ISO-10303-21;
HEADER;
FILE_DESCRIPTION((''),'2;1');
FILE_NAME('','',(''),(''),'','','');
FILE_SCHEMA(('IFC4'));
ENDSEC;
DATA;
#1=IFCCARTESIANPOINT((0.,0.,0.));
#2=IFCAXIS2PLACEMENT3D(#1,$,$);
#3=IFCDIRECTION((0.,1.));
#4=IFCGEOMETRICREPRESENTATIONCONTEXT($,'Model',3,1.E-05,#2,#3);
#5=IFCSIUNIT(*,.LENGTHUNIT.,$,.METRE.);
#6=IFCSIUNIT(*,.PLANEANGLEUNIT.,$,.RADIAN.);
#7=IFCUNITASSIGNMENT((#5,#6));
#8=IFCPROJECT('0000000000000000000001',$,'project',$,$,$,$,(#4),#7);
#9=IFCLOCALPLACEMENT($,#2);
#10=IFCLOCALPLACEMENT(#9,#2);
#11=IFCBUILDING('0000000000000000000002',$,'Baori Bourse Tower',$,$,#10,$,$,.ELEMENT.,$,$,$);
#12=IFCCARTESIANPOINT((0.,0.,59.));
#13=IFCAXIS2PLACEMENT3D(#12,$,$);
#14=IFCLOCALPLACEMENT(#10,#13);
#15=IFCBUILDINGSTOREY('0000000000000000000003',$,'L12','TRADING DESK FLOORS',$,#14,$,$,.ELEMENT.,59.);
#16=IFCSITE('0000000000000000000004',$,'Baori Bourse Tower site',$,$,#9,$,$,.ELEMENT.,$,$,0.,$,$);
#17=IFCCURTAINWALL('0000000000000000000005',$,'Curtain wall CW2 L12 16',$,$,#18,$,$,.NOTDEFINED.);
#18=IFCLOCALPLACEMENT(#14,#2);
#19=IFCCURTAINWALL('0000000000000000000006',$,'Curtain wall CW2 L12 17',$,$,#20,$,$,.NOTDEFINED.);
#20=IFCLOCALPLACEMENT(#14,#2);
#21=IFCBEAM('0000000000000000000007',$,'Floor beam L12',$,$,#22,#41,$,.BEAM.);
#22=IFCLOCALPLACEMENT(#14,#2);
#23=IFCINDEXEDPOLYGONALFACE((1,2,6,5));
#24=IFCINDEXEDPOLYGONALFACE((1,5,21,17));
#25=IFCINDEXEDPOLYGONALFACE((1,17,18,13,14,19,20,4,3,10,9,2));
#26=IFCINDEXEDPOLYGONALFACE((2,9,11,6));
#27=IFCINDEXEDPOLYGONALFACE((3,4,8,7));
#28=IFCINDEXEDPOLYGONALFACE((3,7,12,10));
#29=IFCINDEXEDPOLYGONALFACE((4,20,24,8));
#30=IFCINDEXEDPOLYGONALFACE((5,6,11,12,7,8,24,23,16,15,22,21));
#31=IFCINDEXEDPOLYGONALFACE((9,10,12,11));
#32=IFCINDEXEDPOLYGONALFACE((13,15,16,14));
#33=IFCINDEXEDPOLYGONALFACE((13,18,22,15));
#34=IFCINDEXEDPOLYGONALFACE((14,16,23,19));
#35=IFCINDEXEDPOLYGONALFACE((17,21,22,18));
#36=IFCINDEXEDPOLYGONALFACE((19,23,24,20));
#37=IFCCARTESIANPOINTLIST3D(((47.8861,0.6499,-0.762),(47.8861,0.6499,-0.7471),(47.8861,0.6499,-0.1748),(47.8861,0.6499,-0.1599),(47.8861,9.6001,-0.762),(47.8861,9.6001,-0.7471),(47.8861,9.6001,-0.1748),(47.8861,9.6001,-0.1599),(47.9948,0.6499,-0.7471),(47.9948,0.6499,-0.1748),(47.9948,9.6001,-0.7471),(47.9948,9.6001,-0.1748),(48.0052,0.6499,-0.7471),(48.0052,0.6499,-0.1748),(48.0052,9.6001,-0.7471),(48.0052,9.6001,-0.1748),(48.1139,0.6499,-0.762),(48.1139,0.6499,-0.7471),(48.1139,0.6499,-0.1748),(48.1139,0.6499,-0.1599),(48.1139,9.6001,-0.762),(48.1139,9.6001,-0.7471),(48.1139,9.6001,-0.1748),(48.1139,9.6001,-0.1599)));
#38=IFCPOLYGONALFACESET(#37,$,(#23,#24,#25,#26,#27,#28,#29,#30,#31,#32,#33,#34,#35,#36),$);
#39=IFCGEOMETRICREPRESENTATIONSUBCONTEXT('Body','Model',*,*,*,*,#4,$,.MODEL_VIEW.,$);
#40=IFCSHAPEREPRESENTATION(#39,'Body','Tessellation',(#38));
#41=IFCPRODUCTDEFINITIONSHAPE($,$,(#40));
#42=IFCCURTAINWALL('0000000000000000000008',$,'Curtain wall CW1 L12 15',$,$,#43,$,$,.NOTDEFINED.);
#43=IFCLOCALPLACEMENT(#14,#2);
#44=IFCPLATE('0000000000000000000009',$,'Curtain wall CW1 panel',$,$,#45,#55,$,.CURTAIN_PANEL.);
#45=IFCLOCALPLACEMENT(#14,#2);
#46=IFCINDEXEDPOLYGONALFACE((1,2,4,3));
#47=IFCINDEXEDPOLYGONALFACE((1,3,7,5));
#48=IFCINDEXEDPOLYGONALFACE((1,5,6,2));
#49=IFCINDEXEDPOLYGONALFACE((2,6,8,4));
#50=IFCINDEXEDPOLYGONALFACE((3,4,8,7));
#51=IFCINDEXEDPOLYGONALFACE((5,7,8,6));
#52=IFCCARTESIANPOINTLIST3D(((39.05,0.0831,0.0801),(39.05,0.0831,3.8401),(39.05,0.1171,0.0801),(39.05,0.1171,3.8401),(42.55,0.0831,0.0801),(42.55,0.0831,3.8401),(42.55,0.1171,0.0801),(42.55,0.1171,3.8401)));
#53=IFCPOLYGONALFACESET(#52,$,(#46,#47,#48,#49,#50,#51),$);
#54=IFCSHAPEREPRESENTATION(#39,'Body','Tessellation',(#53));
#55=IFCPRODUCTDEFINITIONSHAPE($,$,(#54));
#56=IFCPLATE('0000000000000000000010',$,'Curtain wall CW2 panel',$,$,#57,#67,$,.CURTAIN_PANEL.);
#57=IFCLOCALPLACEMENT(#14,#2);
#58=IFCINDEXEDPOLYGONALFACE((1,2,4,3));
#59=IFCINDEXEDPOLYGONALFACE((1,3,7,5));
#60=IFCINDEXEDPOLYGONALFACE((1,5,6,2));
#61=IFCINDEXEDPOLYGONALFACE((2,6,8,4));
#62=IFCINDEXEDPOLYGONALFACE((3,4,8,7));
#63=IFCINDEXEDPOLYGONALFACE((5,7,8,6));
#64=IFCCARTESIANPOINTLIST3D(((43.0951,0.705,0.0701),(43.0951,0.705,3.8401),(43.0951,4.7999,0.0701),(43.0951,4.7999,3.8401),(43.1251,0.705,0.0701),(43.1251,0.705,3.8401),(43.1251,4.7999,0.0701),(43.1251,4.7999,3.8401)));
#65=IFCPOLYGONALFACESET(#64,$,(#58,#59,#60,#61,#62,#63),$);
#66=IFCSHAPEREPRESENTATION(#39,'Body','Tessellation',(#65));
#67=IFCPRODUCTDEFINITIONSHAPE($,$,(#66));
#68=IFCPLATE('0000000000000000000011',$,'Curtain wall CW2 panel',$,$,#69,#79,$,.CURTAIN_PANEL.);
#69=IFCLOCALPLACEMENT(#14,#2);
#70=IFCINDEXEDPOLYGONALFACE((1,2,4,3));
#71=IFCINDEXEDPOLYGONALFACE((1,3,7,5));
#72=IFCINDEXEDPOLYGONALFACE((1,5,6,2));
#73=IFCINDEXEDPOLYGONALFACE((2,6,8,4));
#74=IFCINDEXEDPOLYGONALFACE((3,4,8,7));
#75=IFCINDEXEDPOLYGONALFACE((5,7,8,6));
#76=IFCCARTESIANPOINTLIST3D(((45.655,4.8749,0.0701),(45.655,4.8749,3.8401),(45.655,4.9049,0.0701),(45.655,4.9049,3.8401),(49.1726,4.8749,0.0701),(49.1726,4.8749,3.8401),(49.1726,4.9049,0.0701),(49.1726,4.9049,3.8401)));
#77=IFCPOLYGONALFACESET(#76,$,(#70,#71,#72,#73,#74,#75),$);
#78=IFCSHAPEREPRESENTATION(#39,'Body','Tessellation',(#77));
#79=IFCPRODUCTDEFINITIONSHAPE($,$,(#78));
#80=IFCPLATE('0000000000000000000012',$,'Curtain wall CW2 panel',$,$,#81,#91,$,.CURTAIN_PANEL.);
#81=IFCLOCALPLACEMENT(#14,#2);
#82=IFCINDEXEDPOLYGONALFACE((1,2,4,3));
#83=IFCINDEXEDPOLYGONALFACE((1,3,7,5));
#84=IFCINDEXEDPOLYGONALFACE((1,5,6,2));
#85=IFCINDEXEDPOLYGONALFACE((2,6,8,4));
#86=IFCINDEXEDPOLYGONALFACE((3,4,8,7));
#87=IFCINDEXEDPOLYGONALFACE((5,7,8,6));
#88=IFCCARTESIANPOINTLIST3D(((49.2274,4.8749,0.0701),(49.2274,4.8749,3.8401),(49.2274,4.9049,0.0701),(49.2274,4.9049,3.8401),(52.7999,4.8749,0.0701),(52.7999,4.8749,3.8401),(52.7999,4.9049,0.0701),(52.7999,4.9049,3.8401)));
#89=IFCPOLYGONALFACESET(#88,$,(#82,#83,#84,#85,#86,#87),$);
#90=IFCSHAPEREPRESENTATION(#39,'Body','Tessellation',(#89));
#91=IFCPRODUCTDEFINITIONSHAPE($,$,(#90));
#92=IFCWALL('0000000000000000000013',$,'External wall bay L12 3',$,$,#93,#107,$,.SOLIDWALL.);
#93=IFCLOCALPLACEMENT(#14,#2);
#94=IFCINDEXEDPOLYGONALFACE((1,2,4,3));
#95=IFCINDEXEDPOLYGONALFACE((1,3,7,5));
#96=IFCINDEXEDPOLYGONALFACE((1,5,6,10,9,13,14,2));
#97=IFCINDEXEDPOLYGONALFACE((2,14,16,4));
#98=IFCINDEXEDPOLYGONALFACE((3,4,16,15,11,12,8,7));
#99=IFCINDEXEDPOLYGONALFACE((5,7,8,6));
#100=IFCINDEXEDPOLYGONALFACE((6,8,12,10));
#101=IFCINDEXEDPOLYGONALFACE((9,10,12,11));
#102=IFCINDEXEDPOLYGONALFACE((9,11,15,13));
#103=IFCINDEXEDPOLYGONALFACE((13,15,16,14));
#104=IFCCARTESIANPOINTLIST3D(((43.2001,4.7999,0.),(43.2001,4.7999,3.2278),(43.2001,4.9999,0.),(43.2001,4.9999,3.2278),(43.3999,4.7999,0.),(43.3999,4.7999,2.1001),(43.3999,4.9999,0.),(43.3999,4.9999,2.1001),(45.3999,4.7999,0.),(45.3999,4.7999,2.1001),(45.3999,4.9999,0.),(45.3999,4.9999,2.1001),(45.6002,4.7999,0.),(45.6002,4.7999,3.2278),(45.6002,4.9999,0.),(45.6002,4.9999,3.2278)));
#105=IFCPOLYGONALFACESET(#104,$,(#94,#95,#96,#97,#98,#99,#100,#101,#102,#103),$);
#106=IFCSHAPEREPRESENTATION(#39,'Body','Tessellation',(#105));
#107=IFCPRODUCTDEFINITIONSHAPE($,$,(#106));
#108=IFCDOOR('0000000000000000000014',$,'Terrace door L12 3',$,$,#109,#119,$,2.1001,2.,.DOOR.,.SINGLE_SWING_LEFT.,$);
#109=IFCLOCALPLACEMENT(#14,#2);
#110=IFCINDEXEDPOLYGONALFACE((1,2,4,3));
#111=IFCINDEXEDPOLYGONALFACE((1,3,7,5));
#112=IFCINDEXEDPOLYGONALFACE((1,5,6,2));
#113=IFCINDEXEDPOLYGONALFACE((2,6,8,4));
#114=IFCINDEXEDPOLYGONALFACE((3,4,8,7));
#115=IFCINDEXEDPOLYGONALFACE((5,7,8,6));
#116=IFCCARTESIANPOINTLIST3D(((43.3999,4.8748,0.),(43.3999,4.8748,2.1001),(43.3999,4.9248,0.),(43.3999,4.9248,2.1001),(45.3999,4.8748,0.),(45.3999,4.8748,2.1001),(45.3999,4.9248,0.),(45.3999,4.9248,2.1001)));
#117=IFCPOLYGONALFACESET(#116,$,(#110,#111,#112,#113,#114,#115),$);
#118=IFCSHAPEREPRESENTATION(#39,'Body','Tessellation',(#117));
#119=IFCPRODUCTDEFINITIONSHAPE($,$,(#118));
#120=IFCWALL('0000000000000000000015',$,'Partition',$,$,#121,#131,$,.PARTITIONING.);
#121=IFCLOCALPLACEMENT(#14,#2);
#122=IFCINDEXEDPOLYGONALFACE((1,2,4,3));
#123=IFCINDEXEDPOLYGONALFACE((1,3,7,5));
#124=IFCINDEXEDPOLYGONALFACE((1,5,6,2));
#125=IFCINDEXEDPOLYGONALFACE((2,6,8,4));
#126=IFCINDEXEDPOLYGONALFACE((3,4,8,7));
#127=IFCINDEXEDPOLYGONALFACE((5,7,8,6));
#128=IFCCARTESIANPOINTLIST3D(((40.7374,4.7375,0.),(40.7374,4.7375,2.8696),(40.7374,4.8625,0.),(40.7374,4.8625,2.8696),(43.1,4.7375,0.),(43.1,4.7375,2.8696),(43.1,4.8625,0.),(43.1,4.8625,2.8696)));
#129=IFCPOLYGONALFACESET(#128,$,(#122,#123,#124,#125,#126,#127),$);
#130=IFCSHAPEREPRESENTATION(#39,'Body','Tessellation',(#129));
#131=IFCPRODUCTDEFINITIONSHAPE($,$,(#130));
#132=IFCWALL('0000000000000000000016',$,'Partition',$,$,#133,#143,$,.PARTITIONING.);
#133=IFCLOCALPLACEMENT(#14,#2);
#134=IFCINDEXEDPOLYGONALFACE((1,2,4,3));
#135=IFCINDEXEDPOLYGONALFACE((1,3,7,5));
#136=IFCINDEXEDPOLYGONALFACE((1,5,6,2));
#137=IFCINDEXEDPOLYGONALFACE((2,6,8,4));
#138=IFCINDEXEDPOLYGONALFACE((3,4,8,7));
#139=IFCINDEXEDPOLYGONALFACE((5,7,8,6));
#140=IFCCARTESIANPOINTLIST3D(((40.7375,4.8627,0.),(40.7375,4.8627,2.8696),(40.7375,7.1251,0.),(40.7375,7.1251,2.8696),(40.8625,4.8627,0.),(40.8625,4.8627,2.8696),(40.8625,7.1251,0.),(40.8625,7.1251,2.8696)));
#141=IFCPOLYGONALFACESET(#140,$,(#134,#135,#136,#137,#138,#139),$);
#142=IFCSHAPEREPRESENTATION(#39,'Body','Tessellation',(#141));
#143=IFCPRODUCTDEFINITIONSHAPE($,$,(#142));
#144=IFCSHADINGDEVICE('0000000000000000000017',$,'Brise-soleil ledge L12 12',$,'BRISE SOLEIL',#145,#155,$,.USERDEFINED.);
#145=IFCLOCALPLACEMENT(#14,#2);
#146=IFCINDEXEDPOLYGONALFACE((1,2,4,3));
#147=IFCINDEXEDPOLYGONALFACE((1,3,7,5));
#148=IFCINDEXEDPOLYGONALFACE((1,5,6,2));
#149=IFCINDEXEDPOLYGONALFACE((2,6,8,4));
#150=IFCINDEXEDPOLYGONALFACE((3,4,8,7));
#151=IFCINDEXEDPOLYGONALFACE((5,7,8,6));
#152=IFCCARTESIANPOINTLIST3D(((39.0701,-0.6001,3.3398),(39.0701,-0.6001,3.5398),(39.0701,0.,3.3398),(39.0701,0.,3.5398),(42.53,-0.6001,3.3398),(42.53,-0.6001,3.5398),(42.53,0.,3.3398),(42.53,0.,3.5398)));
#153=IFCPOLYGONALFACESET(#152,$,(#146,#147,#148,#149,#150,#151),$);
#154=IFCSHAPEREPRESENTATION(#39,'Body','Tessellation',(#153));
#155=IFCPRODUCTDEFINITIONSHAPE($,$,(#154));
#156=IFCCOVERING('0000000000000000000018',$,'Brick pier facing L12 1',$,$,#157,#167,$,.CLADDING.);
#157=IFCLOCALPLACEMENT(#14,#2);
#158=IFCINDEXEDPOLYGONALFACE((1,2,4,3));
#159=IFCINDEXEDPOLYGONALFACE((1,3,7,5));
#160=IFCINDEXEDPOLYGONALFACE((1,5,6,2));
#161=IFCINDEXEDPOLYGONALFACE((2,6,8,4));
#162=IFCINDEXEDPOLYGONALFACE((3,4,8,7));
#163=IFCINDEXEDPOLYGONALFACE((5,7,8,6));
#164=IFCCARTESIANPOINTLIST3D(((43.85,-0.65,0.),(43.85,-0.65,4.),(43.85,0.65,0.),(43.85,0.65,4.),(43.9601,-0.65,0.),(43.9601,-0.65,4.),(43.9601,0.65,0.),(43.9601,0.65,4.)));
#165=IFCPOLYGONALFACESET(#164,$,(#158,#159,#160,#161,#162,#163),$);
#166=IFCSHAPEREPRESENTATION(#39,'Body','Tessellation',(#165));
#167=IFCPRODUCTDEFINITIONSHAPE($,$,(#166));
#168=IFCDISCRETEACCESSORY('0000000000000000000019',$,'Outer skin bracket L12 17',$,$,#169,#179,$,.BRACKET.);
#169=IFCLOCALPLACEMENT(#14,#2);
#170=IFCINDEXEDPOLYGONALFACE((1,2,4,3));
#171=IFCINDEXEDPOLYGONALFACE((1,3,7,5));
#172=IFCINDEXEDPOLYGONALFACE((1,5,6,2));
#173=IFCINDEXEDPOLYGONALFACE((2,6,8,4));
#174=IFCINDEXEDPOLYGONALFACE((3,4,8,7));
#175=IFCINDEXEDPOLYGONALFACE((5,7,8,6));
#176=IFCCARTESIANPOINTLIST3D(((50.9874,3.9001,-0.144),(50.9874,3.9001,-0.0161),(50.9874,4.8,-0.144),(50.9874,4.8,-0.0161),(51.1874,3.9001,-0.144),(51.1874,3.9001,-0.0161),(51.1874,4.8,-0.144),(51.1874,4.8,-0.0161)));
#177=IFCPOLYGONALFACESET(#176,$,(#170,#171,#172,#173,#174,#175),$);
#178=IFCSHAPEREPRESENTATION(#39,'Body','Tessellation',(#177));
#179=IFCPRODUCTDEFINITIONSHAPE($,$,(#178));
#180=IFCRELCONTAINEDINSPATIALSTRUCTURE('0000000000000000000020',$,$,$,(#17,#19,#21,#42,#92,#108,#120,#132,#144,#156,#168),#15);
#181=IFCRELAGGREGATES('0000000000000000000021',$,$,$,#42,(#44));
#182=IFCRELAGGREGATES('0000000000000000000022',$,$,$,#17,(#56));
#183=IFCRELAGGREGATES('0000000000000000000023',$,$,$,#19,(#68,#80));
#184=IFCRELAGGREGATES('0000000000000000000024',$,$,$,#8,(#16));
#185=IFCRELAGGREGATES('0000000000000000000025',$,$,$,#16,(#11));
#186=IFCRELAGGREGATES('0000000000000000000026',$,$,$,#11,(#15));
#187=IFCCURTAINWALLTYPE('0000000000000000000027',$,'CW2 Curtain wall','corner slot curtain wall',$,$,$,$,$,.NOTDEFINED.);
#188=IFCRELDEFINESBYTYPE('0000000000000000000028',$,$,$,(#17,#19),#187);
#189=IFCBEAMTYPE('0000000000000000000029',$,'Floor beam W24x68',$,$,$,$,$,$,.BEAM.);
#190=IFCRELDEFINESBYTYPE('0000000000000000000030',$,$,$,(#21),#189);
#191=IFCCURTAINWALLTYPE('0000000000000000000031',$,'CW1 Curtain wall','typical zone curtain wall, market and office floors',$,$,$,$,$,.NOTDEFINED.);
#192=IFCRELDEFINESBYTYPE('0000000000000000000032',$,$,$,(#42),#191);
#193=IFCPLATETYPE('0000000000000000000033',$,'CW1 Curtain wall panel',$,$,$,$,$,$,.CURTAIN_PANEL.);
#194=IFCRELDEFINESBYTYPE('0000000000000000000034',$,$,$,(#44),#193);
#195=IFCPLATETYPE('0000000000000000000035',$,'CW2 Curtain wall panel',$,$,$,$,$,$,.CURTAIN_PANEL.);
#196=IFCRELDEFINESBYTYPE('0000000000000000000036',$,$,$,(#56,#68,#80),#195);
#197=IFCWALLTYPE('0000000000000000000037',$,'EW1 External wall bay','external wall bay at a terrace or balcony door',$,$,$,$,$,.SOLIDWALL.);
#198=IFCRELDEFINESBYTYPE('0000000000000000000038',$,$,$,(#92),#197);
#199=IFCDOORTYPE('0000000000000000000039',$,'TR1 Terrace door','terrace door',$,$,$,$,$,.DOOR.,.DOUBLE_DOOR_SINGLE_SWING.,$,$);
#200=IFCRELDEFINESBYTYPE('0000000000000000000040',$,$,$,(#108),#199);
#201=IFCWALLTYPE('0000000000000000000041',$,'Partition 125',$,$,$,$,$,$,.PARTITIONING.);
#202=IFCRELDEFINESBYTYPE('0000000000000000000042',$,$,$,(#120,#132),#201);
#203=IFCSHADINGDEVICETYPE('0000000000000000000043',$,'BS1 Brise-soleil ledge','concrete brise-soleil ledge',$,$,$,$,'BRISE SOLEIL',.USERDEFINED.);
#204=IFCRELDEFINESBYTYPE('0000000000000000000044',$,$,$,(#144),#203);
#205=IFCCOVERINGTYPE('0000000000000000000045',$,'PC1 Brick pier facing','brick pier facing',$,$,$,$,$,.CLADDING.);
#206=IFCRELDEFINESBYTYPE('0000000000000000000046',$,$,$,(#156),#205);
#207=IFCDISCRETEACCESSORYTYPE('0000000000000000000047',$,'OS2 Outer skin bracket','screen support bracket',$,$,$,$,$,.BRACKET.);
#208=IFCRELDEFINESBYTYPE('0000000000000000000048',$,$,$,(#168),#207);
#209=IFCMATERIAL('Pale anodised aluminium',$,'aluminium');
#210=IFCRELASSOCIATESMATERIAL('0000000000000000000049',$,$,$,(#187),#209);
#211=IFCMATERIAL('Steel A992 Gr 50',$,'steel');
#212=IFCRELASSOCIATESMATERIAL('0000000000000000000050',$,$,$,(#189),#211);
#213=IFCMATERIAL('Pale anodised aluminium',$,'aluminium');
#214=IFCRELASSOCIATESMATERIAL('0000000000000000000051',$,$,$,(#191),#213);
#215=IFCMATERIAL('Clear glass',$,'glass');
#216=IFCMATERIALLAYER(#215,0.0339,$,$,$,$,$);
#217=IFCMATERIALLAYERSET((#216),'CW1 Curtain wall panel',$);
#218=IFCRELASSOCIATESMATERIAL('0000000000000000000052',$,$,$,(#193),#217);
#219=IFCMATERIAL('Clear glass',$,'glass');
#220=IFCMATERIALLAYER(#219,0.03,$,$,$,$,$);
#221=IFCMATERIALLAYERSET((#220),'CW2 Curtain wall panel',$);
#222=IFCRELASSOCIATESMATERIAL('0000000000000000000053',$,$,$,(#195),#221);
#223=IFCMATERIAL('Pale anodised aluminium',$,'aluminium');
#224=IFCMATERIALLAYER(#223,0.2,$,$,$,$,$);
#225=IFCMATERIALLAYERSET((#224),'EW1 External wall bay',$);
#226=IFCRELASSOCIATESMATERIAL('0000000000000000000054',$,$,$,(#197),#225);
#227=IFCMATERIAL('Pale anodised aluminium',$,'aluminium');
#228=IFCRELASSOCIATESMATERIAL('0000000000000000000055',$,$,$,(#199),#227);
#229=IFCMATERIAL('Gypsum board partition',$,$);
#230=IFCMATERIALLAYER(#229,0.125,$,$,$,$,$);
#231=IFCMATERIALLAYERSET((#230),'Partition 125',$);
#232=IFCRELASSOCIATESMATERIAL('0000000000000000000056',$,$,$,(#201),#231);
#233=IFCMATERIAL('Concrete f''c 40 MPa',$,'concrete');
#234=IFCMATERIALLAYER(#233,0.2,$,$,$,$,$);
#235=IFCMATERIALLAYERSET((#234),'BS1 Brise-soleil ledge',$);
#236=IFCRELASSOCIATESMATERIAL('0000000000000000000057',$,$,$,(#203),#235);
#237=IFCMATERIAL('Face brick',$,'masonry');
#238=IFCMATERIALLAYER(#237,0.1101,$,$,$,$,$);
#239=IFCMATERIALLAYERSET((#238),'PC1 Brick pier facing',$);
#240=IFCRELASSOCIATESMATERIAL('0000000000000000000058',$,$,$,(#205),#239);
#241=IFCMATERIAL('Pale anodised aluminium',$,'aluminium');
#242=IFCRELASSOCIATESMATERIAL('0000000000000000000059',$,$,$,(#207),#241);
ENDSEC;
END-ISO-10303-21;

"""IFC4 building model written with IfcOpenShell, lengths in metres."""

from ifc_helpers import new_model, si_unit, direction, frame, frame_2d, origin, origin_2d, place, context, subcontext, project, spatial, rectangle, i_section, extrude, material, layer, layer_set, material_profile, profile_set, type_object, element, fill, aggregate, save


model = new_model("IFC4")

# Units and contexts
model_context = context("Model", 3, precision=1e-05, world=origin(), true_north=direction((0.0, 1.0)))
body_context = subcontext(model_context, "Body", "Model", "MODEL_VIEW")
ifc_project = project(units=[si_unit("LENGTHUNIT", "METRE"), si_unit("PLANEANGLEUNIT", "RADIAN")], contexts=[model_context])

# Site, building, storey
site_placement = place(None, origin())
site = spatial("IfcSite", under=ifc_project, at=site_placement, Name="Baori Bourse Tower site", CompositionType="ELEMENT", RefElevation=0.0)
building_placement = place(site_placement, origin())
building = spatial("IfcBuilding", under=site, at=building_placement, Name="Baori Bourse Tower", CompositionType="ELEMENT")
storey_placement = place(building_placement, frame((0.0, 0.0, 59.0)))
storey = spatial("IfcBuildingStorey", under=building, at=storey_placement, Name="L12", Description="TRADING DESK FLOORS", CompositionType="ELEMENT", Elevation=59.0)

# Curtain wall
ifc_material_1 = material(Name="Pale anodised aluminium", Category="aluminium")
curtain_wall_type_1 = type_object("IfcCurtainWallType", Name="CW2 Curtain wall", Description="corner slot curtain wall", PredefinedType="NOTDEFINED", material=ifc_material_1)
curtain_wall_1_placement = place(storey_placement, origin())
curtain_wall_1 = element("IfcCurtainWall", 1, at=curtain_wall_1_placement, inside=storey, type_object=curtain_wall_type_1, Name="Curtain wall CW2 L12 16", PredefinedType="NOTDEFINED")

# Curtain wall
curtain_wall_2_placement = place(storey_placement, origin())
curtain_wall_2 = element("IfcCurtainWall", 2, at=curtain_wall_2_placement, inside=storey, type_object=curtain_wall_type_1, Name="Curtain wall CW2 L12 17", PredefinedType="NOTDEFINED")

# Beam
ifc_material_2 = material(Name="Steel A992 Gr 50", Category="steel")
ifc_material_profile_1 = material_profile(ifc_material_2, i_section(OverallWidth=0.2278, OverallDepth=0.6021, WebThickness=0.0105, FlangeThickness=0.0149, at=origin_2d()), Name="W24x68")
ifc_profile_set_1 = profile_set([ifc_material_profile_1], Name="Steel A992 Gr 50")
beam_type_1 = type_object("IfcBeamType", Name="Floor beam W24x68", PredefinedType="BEAM", material=ifc_profile_set_1)
beam_1_placement = place(storey_placement, frame((48.0, 0.6499, -0.4609), z_axis=(0.0, 1.0, 0.0), x_axis=(-1.0, 0.0, 0.0)))
element("IfcBeam", 3, at=beam_1_placement, inside=storey, type_object=beam_type_1, Name="Floor beam L12", PredefinedType="BEAM", context=body_context, shape_type="SweptSolid", body=[
    extrude(i_section(OverallWidth=0.2278, OverallDepth=0.6021, WebThickness=0.0105, FlangeThickness=0.0149, at=origin_2d()), origin(), (0.0, 0.0, 1.0), 8.9502),
])

# Curtain wall, plate
ifc_material_3 = material(Name="Pale anodised aluminium", Category="aluminium")
curtain_wall_type_2 = type_object("IfcCurtainWallType", Name="CW1 Curtain wall", Description="typical zone curtain wall, market and office floors", PredefinedType="NOTDEFINED", material=ifc_material_3)
curtain_wall_3_placement = place(storey_placement, origin())
curtain_wall_3 = element("IfcCurtainWall", 4, at=curtain_wall_3_placement, inside=storey, type_object=curtain_wall_type_2, Name="Curtain wall CW1 L12 15", PredefinedType="NOTDEFINED")
ifc_material_4 = material(Name="Clear glass", Category="glass")
ifc_layer_1 = layer(ifc_material_4, 0.0339)
ifc_layer_set_1 = layer_set([ifc_layer_1], Name="CW1 Curtain wall panel")
plate_type_1 = type_object("IfcPlateType", Name="CW1 Curtain wall panel", PredefinedType="CURTAIN_PANEL", material=ifc_layer_set_1)
plate_1_placement = place(storey_placement, frame((40.8, 0.1001, 0.0801), z_axis=(0.0, 0.0, 1.0), x_axis=(1.0, 0.0, 0.0)))
plate_1 = element("IfcPlate", 5, at=plate_1_placement, type_object=plate_type_1, Name="Curtain wall CW1 panel", PredefinedType="CURTAIN_PANEL", context=body_context, shape_type="SweptSolid", body=[
    extrude(rectangle(XDim=3.5, YDim=0.0339, at=origin_2d()), origin(), (0.0, 0.0, 1.0), 3.76),
])
aggregate(curtain_wall_3, [plate_1])

# Plates
ifc_material_5 = material(Name="Clear glass", Category="glass")
ifc_layer_2 = layer(ifc_material_5, 0.03)
ifc_layer_set_2 = layer_set([ifc_layer_2], Name="CW2 Curtain wall panel")
plate_type_2 = type_object("IfcPlateType", Name="CW2 Curtain wall panel", PredefinedType="CURTAIN_PANEL", material=ifc_layer_set_2)
plate_2_placement = place(storey_placement, frame((43.1101, 2.7524, 0.0701), z_axis=(0.0, 0.0, 1.0), x_axis=(0.0, 1.0, 0.0)))
plate_2 = element("IfcPlate", 6, at=plate_2_placement, type_object=plate_type_2, Name="Curtain wall CW2 panel", PredefinedType="CURTAIN_PANEL", context=body_context, shape_type="SweptSolid", body=[
    extrude(rectangle(XDim=4.095, YDim=0.03, at=origin_2d()), origin(), (0.0, 0.0, 1.0), 3.77),
])
aggregate(curtain_wall_1, [plate_2])
plate_3_placement = place(storey_placement, frame((47.4138, 4.8899, 0.0701), z_axis=(0.0, 0.0, 1.0), x_axis=(1.0, 0.0, 0.0)))
plate_3 = element("IfcPlate", 7, at=plate_3_placement, type_object=plate_type_2, Name="Curtain wall CW2 panel", PredefinedType="CURTAIN_PANEL", context=body_context, shape_type="SweptSolid", body=[
    extrude(rectangle(XDim=3.5176, YDim=0.03, at=origin_2d()), origin(), (0.0, 0.0, 1.0), 3.77),
])
plate_4_placement = place(storey_placement, frame((51.0137, 4.8899, 0.0701), z_axis=(0.0, 0.0, 1.0), x_axis=(1.0, 0.0, 0.0)))
plate_4 = element("IfcPlate", 8, at=plate_4_placement, type_object=plate_type_2, Name="Curtain wall CW2 panel", PredefinedType="CURTAIN_PANEL", context=body_context, shape_type="SweptSolid", body=[
    extrude(rectangle(XDim=3.5725, YDim=0.03, at=origin_2d()), origin(), (0.0, 0.0, 1.0), 3.77),
])
aggregate(curtain_wall_2, [plate_3, plate_4])

# Wall, opening, door
ifc_material_6 = material(Name="Pale anodised aluminium", Category="aluminium")
ifc_layer_3 = layer(ifc_material_6, 0.2)
ifc_layer_set_3 = layer_set([ifc_layer_3], Name="EW1 External wall bay")
wall_type_1 = type_object("IfcWallType", Name="EW1 External wall bay", Description="external wall bay at a terrace or balcony door", PredefinedType="SOLIDWALL", material=ifc_layer_set_3)
wall_1_placement = place(storey_placement, frame((43.2, 4.8999, 0.0), z_axis=(0.0, 0.0, 1.0), x_axis=(1.0, 0.0, 0.0)))
wall_1 = element("IfcWall", 9, at=wall_1_placement, inside=storey, type_object=wall_type_1, Name="External wall bay L12 3", PredefinedType="SOLIDWALL", context=body_context, shape_type="SweptSolid", body=[
    extrude(rectangle(XDim=2.4001, YDim=0.2, at=frame_2d((1.2002, 0.0))), origin(), (0.0, 0.0, 1.0), 3.2278),
])
opening_placement = place(wall_1_placement, frame((0.2, 0.0, 0.0)))
opening = element("IfcOpeningElement", 10, at=opening_placement, cuts=wall_1, PredefinedType="OPENING", context=body_context, shape_type="SweptSolid", body=[
    extrude(rectangle(XDim=2.0, YDim=2.1001, at=frame_2d((1.0, 1.05))), frame((0.0, 0.1099, 0.0), z_axis=(0.0, -1.0, 0.0), x_axis=(1.0, 0.0, 0.0)), (0.0, 0.0, 1.0), 0.22),
])
ifc_material_7 = material(Name="Pale anodised aluminium", Category="aluminium")
door_type = type_object("IfcDoorType", Name="TR1 Terrace door", Description="terrace door", OperationType="DOUBLE_DOOR_SINGLE_SWING", PredefinedType="DOOR", material=ifc_material_7)
door_placement = place(opening_placement, origin())
door = element("IfcDoor", 11, at=door_placement, inside=storey, type_object=door_type, Name="Terrace door L12 3", OperationType="SINGLE_SWING_LEFT", OverallHeight=2.1001, OverallWidth=2.0, PredefinedType="DOOR", context=body_context, shape_type="SweptSolid", body=[
    extrude(rectangle(XDim=2.0, YDim=2.1001, at=frame_2d((1.0, 1.05))), frame((0.0, 0.0249, 0.0), z_axis=(0.0, -1.0, 0.0), x_axis=(1.0, 0.0, 0.0)), (0.0, 0.0, 1.0), 0.05),
])
fill(opening, door)

# Walls
ifc_material_8 = material(Name="Gypsum board partition")
ifc_layer_4 = layer(ifc_material_8, 0.125)
ifc_layer_set_4 = layer_set([ifc_layer_4], Name="Partition 125")
wall_type_2 = type_object("IfcWallType", Name="Partition 125", PredefinedType="PARTITIONING", material=ifc_layer_set_4)
wall_2_placement = place(storey_placement, frame((40.7375, 4.8, 0.0), z_axis=(0.0, 0.0, 1.0), x_axis=(1.0, 0.0, 0.0)))
element("IfcWall", 12, at=wall_2_placement, inside=storey, type_object=wall_type_2, Name="Partition", PredefinedType="PARTITIONING", context=body_context, shape_type="SweptSolid", body=[
    extrude(rectangle(XDim=2.3625, YDim=0.125, at=frame_2d((1.1812, 0.0))), origin(), (0.0, 0.0, 1.0), 2.8696),
])
wall_3_placement = place(storey_placement, frame((40.8, 4.8625, 0.0), z_axis=(0.0, 0.0, 1.0), x_axis=(0.0, 1.0, 0.0)))
element("IfcWall", 13, at=wall_3_placement, inside=storey, type_object=wall_type_2, Name="Partition", PredefinedType="PARTITIONING", context=body_context, shape_type="SweptSolid", body=[
    extrude(rectangle(XDim=2.2625, YDim=0.125, at=frame_2d((1.1313, 0.0))), origin(), (0.0, 0.0, 1.0), 2.8696),
])

# Shading device
ifc_material_9 = material(Name="Concrete f'c 40 MPa", Category="concrete")
ifc_layer_5 = layer(ifc_material_9, 0.2)
ifc_layer_set_5 = layer_set([ifc_layer_5], Name="BS1 Brise-soleil ledge")
shading_device_type = type_object("IfcShadingDeviceType", Name="BS1 Brise-soleil ledge", Description="concrete brise-soleil ledge", ElementType="BRISE SOLEIL", PredefinedType="USERDEFINED", material=ifc_layer_set_5)
shading_device_placement = place(storey_placement, frame((40.8, -0.3, 3.3398), z_axis=(0.0, 0.0, 1.0), x_axis=(1.0, 0.0, 0.0)))
element("IfcShadingDevice", 14, at=shading_device_placement, inside=storey, type_object=shading_device_type, Name="Brise-soleil ledge L12 12", ObjectType="BRISE SOLEIL", PredefinedType="USERDEFINED", context=body_context, shape_type="SweptSolid", body=[
    extrude(rectangle(XDim=3.46, YDim=0.6001, at=origin_2d()), origin(), (0.0, 0.0, 1.0), 0.2),
])

# Covering
ifc_material_10 = material(Name="Face brick", Category="masonry")
ifc_layer_6 = layer(ifc_material_10, 0.1101)
ifc_layer_set_6 = layer_set([ifc_layer_6], Name="PC1 Brick pier facing")
covering_type = type_object("IfcCoveringType", Name="PC1 Brick pier facing", Description="brick pier facing", PredefinedType="CLADDING", material=ifc_layer_set_6)
covering_placement = place(storey_placement, frame((43.905, 0.0, 0.0), z_axis=(0.0, 0.0, 1.0), x_axis=(1.0, 0.0, 0.0)))
element("IfcCovering", 15, at=covering_placement, inside=storey, type_object=covering_type, Name="Brick pier facing L12 1", PredefinedType="CLADDING", context=body_context, shape_type="SweptSolid", body=[
    extrude(rectangle(XDim=0.1101, YDim=1.3, at=origin_2d()), origin(), (0.0, 0.0, 1.0), 4.0),
])

# Discrete accessory
ifc_material_11 = material(Name="Pale anodised aluminium", Category="aluminium")
discrete_accessory_type = type_object("IfcDiscreteAccessoryType", Name="OS2 Outer skin bracket", Description="screen support bracket", PredefinedType="BRACKET", material=ifc_material_11)
discrete_accessory_placement = place(storey_placement, frame((51.0874, 4.3501, -0.144), z_axis=(0.0, 0.0, 1.0), x_axis=(1.0, 0.0, 0.0)))
element("IfcDiscreteAccessory", 16, at=discrete_accessory_placement, inside=storey, type_object=discrete_accessory_type, Name="Outer skin bracket L12 17", PredefinedType="BRACKET", context=body_context, shape_type="SweptSolid", body=[
    extrude(rectangle(XDim=0.2, YDim=0.8999, at=origin_2d()), origin(), (0.0, 0.0, 1.0), 0.1279),
])

save(model, "model.ifc")
